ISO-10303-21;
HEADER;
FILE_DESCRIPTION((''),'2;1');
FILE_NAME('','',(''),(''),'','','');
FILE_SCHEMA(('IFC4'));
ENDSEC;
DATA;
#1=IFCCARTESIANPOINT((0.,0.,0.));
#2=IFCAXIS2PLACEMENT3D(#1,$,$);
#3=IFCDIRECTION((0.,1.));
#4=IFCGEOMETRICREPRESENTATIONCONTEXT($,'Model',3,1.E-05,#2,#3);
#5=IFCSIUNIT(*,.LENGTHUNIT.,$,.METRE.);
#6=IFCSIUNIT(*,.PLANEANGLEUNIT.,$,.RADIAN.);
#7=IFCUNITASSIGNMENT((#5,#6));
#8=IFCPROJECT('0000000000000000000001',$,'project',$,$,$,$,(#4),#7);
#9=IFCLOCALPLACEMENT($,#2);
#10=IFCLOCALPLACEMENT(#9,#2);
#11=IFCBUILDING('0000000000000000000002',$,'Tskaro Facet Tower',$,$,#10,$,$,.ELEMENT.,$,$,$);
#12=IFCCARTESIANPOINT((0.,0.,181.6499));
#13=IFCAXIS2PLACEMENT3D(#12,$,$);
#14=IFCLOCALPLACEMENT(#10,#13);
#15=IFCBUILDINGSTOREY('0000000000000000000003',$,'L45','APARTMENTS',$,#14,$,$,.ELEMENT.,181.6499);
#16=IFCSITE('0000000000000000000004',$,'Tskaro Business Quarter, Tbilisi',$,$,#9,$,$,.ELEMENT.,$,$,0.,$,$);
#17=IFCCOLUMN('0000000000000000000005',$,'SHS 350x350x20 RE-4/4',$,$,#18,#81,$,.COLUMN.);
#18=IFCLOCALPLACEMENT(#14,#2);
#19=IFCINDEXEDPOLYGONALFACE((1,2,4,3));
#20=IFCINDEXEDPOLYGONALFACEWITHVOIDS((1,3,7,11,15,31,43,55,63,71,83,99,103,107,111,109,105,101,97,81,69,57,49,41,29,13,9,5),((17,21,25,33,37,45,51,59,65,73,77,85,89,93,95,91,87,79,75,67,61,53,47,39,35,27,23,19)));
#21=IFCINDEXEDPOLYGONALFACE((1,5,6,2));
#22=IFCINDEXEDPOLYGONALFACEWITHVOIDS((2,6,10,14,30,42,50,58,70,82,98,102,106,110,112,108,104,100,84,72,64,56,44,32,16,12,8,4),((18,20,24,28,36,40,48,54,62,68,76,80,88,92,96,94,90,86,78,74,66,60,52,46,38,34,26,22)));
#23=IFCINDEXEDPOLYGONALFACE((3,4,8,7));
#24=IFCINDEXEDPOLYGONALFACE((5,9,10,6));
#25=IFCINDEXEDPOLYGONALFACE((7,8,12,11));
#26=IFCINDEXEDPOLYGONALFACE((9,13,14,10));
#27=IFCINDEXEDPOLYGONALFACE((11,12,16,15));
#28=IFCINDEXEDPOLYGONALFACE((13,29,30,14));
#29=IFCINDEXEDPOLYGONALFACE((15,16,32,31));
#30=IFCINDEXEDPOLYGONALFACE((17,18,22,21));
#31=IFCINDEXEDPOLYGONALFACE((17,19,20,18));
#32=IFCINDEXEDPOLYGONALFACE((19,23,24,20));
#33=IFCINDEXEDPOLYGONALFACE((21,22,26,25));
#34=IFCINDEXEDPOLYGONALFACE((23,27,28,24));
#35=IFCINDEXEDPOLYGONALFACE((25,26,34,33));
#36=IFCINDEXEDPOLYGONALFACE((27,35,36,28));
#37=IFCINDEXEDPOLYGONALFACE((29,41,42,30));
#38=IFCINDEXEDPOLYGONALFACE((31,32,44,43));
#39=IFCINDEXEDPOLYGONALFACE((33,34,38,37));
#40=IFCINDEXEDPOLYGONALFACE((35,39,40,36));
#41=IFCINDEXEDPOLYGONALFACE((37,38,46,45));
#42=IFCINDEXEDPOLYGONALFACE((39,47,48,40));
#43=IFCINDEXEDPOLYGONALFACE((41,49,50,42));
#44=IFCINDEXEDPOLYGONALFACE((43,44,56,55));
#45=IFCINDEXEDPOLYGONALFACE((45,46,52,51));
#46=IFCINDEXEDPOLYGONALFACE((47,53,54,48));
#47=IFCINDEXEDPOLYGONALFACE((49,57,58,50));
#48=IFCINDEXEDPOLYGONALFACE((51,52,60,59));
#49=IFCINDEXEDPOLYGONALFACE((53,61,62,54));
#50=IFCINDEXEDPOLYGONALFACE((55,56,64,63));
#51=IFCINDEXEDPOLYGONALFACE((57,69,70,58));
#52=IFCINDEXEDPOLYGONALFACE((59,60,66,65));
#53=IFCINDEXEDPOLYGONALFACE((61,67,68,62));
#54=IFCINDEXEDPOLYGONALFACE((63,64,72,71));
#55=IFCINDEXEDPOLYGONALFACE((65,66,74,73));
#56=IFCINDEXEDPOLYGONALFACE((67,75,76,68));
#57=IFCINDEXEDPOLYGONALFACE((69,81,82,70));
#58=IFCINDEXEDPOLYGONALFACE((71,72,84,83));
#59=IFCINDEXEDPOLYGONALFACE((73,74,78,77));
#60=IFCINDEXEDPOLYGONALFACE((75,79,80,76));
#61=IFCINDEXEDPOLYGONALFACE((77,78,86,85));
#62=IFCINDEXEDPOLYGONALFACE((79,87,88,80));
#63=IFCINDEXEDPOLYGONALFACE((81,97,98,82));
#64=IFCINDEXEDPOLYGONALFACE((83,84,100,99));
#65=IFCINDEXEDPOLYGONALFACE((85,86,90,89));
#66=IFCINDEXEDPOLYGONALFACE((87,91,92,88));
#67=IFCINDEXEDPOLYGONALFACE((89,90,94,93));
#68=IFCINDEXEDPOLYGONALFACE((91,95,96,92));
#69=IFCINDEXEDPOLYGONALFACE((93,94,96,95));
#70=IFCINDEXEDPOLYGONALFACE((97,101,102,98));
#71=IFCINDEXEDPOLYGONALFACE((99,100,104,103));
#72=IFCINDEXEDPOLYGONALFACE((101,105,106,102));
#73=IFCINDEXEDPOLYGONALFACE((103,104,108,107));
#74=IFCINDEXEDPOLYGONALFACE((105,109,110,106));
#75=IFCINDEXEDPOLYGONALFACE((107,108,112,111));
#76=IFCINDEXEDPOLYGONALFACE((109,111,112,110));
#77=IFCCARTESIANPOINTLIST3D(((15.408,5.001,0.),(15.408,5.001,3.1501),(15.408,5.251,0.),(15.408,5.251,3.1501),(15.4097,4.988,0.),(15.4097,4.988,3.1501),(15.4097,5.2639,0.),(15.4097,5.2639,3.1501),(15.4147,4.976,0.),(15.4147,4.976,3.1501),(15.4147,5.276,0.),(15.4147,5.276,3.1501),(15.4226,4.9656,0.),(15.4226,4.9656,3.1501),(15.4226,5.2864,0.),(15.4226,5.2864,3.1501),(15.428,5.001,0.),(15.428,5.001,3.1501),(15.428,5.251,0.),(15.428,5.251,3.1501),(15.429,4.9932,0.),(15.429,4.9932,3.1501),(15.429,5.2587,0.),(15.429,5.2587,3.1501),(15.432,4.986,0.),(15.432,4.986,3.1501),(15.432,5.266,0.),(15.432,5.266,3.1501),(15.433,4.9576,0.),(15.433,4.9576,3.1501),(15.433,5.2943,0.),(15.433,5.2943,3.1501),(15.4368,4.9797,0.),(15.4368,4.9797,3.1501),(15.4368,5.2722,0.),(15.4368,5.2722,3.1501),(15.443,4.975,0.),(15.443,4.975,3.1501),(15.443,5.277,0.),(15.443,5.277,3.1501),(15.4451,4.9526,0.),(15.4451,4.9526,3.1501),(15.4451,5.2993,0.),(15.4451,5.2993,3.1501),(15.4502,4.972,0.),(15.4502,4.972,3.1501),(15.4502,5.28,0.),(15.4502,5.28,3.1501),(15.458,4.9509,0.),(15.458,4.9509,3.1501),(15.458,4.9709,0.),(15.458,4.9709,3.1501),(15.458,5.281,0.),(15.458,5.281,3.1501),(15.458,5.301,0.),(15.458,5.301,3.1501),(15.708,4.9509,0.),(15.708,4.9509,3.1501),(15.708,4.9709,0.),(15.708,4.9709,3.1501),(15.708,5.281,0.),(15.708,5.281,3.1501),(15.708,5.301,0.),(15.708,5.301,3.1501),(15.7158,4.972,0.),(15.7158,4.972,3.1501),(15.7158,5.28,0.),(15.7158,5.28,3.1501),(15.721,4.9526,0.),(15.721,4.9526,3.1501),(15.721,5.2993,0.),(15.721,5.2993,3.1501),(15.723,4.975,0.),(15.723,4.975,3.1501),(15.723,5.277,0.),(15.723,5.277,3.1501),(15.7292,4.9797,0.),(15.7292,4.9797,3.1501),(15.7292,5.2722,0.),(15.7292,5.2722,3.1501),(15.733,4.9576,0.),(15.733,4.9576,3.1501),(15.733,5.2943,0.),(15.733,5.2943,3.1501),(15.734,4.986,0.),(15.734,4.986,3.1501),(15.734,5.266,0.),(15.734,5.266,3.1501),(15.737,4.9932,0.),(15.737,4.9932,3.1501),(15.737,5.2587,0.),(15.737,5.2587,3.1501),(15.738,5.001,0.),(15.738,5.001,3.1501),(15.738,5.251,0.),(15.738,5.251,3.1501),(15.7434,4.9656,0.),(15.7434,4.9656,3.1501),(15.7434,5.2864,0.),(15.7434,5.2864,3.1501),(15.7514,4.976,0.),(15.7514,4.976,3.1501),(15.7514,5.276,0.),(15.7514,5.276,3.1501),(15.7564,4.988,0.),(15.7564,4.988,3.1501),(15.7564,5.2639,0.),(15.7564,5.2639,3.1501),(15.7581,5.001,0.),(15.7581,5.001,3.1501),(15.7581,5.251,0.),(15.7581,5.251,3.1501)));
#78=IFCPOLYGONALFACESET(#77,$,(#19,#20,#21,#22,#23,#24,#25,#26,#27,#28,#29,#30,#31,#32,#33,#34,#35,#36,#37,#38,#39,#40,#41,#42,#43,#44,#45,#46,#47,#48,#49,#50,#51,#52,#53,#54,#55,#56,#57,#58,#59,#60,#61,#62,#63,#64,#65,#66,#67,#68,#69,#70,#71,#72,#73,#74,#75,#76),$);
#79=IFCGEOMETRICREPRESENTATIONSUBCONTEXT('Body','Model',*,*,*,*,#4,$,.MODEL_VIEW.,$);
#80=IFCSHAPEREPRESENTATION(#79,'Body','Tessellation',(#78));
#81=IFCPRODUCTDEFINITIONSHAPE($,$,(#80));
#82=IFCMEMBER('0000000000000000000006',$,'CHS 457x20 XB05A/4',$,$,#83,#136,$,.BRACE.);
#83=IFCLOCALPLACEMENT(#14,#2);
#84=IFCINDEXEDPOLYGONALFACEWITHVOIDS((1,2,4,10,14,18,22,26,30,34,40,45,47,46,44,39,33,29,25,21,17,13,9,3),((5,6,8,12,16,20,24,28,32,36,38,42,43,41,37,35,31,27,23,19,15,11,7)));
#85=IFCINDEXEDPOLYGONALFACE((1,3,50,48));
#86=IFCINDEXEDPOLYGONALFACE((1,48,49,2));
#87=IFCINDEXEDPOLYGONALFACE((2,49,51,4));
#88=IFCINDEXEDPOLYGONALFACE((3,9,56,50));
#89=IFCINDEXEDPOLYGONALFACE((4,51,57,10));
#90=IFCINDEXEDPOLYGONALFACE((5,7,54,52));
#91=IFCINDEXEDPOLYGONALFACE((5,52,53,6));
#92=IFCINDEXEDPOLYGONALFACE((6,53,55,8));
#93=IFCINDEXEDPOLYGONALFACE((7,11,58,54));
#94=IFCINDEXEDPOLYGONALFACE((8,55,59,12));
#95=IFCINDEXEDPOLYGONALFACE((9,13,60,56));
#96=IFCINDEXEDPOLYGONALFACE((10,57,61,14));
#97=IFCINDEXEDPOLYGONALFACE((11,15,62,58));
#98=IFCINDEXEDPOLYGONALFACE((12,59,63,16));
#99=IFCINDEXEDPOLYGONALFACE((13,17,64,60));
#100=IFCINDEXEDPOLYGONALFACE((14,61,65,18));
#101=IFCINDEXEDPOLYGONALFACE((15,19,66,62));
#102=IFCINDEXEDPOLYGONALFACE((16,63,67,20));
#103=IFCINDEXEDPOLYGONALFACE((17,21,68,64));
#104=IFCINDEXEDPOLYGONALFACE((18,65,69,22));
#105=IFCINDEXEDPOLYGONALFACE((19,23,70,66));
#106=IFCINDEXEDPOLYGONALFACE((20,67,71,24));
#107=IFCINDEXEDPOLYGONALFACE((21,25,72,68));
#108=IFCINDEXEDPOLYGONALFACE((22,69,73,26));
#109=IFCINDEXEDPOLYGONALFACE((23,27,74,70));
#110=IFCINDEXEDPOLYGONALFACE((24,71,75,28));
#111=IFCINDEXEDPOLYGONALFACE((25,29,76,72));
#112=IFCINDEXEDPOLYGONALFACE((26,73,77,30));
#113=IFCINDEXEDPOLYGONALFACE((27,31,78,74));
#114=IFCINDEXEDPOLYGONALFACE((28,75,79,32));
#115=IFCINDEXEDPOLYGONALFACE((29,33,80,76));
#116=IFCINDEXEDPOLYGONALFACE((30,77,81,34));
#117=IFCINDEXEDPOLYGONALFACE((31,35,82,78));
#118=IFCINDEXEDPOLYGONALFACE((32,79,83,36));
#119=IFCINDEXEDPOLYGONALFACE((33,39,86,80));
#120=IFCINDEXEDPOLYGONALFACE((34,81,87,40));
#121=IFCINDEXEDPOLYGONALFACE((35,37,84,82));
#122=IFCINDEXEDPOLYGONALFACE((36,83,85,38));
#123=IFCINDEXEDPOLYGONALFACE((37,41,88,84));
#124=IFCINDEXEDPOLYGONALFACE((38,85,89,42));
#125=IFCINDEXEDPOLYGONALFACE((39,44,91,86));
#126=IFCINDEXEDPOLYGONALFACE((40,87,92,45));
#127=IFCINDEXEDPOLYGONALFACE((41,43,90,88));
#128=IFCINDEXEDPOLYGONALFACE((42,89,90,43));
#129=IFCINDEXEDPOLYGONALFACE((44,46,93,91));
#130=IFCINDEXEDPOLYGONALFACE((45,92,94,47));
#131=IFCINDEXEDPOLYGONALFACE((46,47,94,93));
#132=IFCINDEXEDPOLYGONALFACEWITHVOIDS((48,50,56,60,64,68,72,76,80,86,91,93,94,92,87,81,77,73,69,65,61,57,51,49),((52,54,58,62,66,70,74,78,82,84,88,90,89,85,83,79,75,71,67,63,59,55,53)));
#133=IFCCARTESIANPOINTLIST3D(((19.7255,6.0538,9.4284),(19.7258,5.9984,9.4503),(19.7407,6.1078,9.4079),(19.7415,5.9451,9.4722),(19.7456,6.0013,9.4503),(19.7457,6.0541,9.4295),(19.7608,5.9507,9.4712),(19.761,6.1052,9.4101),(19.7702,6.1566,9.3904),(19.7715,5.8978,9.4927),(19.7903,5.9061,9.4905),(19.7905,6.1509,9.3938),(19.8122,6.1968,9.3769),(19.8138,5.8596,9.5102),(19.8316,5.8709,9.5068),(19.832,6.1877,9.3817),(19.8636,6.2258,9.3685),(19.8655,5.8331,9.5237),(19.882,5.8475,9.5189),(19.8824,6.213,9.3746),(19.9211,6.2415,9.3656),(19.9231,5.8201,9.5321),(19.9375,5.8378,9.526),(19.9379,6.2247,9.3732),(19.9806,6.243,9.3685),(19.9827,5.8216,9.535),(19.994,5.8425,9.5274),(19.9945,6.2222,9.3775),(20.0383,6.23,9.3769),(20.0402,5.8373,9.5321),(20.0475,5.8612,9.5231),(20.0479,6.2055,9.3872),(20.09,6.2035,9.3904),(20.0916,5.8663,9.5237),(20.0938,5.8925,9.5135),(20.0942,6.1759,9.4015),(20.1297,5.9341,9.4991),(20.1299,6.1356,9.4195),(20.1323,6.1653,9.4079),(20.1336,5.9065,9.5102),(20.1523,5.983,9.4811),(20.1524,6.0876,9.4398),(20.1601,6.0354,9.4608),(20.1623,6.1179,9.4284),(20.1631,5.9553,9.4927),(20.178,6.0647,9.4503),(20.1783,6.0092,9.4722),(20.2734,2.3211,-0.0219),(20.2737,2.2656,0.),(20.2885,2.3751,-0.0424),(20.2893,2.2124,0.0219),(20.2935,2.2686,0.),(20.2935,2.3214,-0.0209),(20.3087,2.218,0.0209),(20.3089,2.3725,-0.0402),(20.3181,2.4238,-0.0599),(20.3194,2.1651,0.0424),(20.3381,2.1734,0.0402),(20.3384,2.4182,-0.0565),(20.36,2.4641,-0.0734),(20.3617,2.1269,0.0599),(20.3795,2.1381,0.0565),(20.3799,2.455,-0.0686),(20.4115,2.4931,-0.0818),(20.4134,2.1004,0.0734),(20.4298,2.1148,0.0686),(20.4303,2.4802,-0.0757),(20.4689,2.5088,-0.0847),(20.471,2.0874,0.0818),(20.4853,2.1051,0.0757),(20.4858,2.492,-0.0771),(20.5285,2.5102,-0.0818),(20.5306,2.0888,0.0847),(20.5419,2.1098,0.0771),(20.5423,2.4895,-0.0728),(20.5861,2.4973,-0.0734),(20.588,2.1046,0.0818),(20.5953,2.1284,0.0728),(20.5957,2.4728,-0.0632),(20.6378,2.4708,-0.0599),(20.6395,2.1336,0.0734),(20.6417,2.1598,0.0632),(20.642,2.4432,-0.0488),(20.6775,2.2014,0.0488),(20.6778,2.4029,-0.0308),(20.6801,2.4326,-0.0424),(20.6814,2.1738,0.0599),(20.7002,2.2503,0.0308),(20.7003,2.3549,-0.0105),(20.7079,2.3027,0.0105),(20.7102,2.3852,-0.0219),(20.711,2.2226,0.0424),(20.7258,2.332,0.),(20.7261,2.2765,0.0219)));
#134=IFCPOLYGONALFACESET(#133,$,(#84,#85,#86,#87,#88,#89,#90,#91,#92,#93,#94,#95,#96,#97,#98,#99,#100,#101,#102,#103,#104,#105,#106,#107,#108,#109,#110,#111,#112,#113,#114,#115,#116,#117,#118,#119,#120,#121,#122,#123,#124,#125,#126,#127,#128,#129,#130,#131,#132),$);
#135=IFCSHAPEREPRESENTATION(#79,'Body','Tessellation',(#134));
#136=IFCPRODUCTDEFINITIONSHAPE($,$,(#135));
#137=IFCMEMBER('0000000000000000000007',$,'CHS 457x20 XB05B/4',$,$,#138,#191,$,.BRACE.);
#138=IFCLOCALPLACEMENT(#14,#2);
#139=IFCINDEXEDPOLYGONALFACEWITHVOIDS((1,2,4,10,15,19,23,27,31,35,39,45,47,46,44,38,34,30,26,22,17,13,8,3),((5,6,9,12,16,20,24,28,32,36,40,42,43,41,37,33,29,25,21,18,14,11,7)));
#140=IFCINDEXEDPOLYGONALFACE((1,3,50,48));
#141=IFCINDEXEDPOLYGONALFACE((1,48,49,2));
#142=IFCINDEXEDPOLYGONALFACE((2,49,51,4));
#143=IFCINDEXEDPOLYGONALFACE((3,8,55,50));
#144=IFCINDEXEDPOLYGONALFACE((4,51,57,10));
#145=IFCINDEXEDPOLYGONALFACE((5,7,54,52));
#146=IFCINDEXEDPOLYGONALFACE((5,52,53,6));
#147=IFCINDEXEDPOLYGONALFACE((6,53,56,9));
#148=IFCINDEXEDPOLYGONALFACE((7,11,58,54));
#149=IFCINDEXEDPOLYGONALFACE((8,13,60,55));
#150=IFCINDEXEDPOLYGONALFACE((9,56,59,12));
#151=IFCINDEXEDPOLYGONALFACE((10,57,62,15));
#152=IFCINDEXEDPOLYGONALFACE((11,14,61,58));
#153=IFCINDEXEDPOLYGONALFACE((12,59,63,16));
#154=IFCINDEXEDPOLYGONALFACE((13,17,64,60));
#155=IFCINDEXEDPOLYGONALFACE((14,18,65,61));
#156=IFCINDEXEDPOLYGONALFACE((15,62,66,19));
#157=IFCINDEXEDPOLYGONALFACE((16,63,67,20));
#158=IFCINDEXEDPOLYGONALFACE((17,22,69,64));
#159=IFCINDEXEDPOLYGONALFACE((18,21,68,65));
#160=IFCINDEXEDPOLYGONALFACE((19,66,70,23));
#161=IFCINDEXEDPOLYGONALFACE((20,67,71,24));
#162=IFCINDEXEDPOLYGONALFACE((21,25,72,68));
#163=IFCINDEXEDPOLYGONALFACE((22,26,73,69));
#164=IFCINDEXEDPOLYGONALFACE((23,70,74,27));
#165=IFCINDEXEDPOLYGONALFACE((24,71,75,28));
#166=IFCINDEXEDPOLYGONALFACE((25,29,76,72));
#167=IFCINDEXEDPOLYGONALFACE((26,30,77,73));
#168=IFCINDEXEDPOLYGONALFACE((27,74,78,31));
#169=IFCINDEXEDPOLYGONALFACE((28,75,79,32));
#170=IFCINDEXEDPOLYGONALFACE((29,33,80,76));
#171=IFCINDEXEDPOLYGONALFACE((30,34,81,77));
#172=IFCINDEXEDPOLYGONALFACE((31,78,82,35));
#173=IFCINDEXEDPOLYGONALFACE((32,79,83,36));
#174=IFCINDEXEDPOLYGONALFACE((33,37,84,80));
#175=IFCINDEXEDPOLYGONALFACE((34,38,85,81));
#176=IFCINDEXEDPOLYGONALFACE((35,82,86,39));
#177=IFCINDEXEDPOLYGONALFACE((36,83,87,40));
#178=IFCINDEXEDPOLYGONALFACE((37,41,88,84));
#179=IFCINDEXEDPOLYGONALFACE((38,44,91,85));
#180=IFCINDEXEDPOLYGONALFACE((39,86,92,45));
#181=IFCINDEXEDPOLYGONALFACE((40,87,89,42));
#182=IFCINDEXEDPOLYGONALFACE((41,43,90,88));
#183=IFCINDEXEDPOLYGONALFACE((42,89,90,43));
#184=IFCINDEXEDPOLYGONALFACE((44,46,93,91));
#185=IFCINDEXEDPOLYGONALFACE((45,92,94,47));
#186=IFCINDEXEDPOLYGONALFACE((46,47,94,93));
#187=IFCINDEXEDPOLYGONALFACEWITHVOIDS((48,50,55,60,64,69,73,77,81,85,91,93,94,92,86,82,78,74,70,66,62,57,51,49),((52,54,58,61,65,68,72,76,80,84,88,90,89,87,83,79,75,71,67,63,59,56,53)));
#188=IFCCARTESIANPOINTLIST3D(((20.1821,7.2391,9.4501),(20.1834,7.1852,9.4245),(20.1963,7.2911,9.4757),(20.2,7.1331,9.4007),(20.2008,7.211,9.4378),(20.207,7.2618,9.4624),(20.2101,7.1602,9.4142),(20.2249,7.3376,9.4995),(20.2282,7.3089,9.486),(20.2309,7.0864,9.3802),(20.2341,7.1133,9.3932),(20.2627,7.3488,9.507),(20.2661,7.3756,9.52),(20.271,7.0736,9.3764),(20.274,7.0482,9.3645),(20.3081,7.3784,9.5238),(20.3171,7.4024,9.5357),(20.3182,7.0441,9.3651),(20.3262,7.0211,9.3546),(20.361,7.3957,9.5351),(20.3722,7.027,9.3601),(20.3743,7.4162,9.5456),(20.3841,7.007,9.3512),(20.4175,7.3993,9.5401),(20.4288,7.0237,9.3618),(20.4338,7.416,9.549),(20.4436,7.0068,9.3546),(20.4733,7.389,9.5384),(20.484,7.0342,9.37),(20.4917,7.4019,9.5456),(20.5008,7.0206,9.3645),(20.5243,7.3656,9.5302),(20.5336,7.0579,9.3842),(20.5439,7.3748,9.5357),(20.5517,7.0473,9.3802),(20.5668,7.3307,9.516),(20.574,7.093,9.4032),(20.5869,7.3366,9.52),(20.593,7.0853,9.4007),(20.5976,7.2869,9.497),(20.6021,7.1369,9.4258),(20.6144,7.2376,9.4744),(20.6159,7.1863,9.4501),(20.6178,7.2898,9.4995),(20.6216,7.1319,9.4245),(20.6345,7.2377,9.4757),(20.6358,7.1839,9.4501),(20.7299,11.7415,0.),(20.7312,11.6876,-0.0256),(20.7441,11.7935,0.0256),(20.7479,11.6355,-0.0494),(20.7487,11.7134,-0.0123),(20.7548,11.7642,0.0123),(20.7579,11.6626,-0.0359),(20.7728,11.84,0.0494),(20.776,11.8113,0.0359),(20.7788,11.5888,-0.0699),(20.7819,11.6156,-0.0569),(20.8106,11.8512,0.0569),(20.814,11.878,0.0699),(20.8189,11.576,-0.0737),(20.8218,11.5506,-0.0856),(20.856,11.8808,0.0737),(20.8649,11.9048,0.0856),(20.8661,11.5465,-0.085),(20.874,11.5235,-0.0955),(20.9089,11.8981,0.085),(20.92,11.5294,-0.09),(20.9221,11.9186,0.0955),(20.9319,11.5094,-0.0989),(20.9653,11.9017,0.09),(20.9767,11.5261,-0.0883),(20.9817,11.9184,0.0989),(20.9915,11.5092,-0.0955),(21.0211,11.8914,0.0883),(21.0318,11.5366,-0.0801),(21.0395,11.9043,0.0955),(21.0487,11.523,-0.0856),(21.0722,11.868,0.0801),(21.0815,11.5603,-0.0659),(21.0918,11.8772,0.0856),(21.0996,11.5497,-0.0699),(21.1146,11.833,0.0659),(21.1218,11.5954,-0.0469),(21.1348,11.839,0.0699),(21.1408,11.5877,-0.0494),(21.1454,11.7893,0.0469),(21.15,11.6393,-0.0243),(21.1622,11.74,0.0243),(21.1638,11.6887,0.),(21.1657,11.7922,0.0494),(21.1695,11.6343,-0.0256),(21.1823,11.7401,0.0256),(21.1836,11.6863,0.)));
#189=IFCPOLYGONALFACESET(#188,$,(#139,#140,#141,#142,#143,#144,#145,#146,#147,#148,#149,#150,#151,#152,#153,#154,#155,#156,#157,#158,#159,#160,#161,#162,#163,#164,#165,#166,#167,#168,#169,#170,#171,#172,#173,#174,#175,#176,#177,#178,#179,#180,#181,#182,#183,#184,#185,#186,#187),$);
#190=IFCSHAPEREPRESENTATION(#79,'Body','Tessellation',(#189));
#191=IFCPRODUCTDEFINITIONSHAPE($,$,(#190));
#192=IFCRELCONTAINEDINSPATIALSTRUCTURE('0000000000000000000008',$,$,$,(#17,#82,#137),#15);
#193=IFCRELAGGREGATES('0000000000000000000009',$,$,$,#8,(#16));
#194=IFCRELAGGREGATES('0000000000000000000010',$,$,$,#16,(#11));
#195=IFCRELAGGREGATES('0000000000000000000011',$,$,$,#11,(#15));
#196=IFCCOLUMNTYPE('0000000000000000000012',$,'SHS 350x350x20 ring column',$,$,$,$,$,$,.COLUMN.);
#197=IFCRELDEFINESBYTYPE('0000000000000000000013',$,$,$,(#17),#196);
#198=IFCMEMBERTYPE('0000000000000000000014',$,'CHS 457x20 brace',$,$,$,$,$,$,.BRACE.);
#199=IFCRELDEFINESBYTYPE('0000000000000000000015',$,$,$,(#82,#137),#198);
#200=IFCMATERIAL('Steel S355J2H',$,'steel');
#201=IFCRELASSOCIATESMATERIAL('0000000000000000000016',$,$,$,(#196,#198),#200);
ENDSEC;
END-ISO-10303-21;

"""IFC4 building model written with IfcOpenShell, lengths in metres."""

from ifc_helpers import new_model, si_unit, direction, frame, origin, origin_2d, place, context, subcontext, project, spatial, hollow_rectangle, hollow_circle, extrude, material, material_profile, profile_set, type_object, element, save


model = new_model("IFC4")

# Units and contexts
model_context = context("Model", 3, precision=1e-05, world=origin(), true_north=direction((0.0, 1.0)))
body_context = subcontext(model_context, "Body", "Model", "MODEL_VIEW")
ifc_project = project(units=[si_unit("LENGTHUNIT", "METRE"), si_unit("PLANEANGLEUNIT", "RADIAN")], contexts=[model_context])

# Site, building, storey
site_placement = place(None, origin())
site = spatial("IfcSite", under=ifc_project, at=site_placement, Name="Tskaro Business Quarter, Tbilisi", CompositionType="ELEMENT", RefElevation=0.0)
building_placement = place(site_placement, origin())
building = spatial("IfcBuilding", under=site, at=building_placement, Name="Tskaro Facet Tower", CompositionType="ELEMENT")
storey_placement = place(building_placement, frame((0.0, 0.0, 181.6499)))
storey = spatial("IfcBuildingStorey", under=building, at=storey_placement, Name="L45", Description="APARTMENTS", CompositionType="ELEMENT", Elevation=181.6499)

# Column
ifc_material_1 = material(Name="Steel S355J2H", Category="steel")
ifc_material_profile_1 = material_profile(ifc_material_1, hollow_rectangle(XDim=0.3501, YDim=0.3501, WallThickness=0.02, InnerFilletRadius=0.03, OuterFilletRadius=0.05, at=origin_2d()), Name="SHS 350x350x20")
ifc_profile_set_1 = profile_set([ifc_material_profile_1], Name="Steel S355J2H")
column_type = type_object("IfcColumnType", Name="SHS 350x350x20 ring column", PredefinedType="COLUMN", material=ifc_profile_set_1)
column_placement = place(storey_placement, frame((15.583, 5.126, 0.0), z_axis=(0.0, 0.0, 1.0), x_axis=(1.0, 0.0, 0.0)))
element("IfcColumn", 1, at=column_placement, inside=storey, type_object=column_type, Name="SHS 350x350x20 RE-4/4", PredefinedType="COLUMN", context=body_context, shape_type="SweptSolid", body=[
    extrude(hollow_rectangle(XDim=0.3501, YDim=0.3501, WallThickness=0.02, InnerFilletRadius=0.03, OuterFilletRadius=0.05, at=origin_2d()), origin(), (0.0, 0.0, 1.0), 3.1501),
])

# Members
ifc_material_profile_2 = material_profile(ifc_material_1, hollow_circle(Radius=0.2285, WallThickness=0.02, at=origin_2d()), Name="CHS 457x20")
ifc_profile_set_2 = profile_set([ifc_material_profile_2], Name="Steel S355J2H")
member_type_1 = type_object("IfcMemberType", Name="CHS 457x20 brace", PredefinedType="BRACE", material=ifc_profile_set_2)
member_1_placement = place(storey_placement, frame((20.4998, 2.2988, 0.0), z_axis=(-0.053841, 0.366832, 0.928728), x_axis=(-0.9894, -0.145216, 0.0)))
element("IfcMember", 2, at=member_1_placement, inside=storey, type_object=member_type_1, Name="CHS 457x20 XB05A/4", PredefinedType="BRACE", context=body_context, shape_type="SweptSolid", body=[
    extrude(hollow_circle(Radius=0.2285, WallThickness=0.02, at=origin_2d()), origin(), (0.0, 0.0, 1.0), 10.1755),
])
member_2_placement = place(storey_placement, frame((20.9568, 11.7139, 0.0), z_axis=(-0.052265, -0.429529, 0.90154), x_axis=(0.992678, -0.120788, 0.0)))
element("IfcMember", 3, at=member_2_placement, inside=storey, type_object=member_type_1, Name="CHS 457x20 XB05B/4", PredefinedType="BRACE", context=body_context, shape_type="SweptSolid", body=[
    extrude(hollow_circle(Radius=0.2285, WallThickness=0.02, at=origin_2d()), origin(), (0.0, 0.0, 1.0), 10.4822),
])

save(model, "model.ifc")
